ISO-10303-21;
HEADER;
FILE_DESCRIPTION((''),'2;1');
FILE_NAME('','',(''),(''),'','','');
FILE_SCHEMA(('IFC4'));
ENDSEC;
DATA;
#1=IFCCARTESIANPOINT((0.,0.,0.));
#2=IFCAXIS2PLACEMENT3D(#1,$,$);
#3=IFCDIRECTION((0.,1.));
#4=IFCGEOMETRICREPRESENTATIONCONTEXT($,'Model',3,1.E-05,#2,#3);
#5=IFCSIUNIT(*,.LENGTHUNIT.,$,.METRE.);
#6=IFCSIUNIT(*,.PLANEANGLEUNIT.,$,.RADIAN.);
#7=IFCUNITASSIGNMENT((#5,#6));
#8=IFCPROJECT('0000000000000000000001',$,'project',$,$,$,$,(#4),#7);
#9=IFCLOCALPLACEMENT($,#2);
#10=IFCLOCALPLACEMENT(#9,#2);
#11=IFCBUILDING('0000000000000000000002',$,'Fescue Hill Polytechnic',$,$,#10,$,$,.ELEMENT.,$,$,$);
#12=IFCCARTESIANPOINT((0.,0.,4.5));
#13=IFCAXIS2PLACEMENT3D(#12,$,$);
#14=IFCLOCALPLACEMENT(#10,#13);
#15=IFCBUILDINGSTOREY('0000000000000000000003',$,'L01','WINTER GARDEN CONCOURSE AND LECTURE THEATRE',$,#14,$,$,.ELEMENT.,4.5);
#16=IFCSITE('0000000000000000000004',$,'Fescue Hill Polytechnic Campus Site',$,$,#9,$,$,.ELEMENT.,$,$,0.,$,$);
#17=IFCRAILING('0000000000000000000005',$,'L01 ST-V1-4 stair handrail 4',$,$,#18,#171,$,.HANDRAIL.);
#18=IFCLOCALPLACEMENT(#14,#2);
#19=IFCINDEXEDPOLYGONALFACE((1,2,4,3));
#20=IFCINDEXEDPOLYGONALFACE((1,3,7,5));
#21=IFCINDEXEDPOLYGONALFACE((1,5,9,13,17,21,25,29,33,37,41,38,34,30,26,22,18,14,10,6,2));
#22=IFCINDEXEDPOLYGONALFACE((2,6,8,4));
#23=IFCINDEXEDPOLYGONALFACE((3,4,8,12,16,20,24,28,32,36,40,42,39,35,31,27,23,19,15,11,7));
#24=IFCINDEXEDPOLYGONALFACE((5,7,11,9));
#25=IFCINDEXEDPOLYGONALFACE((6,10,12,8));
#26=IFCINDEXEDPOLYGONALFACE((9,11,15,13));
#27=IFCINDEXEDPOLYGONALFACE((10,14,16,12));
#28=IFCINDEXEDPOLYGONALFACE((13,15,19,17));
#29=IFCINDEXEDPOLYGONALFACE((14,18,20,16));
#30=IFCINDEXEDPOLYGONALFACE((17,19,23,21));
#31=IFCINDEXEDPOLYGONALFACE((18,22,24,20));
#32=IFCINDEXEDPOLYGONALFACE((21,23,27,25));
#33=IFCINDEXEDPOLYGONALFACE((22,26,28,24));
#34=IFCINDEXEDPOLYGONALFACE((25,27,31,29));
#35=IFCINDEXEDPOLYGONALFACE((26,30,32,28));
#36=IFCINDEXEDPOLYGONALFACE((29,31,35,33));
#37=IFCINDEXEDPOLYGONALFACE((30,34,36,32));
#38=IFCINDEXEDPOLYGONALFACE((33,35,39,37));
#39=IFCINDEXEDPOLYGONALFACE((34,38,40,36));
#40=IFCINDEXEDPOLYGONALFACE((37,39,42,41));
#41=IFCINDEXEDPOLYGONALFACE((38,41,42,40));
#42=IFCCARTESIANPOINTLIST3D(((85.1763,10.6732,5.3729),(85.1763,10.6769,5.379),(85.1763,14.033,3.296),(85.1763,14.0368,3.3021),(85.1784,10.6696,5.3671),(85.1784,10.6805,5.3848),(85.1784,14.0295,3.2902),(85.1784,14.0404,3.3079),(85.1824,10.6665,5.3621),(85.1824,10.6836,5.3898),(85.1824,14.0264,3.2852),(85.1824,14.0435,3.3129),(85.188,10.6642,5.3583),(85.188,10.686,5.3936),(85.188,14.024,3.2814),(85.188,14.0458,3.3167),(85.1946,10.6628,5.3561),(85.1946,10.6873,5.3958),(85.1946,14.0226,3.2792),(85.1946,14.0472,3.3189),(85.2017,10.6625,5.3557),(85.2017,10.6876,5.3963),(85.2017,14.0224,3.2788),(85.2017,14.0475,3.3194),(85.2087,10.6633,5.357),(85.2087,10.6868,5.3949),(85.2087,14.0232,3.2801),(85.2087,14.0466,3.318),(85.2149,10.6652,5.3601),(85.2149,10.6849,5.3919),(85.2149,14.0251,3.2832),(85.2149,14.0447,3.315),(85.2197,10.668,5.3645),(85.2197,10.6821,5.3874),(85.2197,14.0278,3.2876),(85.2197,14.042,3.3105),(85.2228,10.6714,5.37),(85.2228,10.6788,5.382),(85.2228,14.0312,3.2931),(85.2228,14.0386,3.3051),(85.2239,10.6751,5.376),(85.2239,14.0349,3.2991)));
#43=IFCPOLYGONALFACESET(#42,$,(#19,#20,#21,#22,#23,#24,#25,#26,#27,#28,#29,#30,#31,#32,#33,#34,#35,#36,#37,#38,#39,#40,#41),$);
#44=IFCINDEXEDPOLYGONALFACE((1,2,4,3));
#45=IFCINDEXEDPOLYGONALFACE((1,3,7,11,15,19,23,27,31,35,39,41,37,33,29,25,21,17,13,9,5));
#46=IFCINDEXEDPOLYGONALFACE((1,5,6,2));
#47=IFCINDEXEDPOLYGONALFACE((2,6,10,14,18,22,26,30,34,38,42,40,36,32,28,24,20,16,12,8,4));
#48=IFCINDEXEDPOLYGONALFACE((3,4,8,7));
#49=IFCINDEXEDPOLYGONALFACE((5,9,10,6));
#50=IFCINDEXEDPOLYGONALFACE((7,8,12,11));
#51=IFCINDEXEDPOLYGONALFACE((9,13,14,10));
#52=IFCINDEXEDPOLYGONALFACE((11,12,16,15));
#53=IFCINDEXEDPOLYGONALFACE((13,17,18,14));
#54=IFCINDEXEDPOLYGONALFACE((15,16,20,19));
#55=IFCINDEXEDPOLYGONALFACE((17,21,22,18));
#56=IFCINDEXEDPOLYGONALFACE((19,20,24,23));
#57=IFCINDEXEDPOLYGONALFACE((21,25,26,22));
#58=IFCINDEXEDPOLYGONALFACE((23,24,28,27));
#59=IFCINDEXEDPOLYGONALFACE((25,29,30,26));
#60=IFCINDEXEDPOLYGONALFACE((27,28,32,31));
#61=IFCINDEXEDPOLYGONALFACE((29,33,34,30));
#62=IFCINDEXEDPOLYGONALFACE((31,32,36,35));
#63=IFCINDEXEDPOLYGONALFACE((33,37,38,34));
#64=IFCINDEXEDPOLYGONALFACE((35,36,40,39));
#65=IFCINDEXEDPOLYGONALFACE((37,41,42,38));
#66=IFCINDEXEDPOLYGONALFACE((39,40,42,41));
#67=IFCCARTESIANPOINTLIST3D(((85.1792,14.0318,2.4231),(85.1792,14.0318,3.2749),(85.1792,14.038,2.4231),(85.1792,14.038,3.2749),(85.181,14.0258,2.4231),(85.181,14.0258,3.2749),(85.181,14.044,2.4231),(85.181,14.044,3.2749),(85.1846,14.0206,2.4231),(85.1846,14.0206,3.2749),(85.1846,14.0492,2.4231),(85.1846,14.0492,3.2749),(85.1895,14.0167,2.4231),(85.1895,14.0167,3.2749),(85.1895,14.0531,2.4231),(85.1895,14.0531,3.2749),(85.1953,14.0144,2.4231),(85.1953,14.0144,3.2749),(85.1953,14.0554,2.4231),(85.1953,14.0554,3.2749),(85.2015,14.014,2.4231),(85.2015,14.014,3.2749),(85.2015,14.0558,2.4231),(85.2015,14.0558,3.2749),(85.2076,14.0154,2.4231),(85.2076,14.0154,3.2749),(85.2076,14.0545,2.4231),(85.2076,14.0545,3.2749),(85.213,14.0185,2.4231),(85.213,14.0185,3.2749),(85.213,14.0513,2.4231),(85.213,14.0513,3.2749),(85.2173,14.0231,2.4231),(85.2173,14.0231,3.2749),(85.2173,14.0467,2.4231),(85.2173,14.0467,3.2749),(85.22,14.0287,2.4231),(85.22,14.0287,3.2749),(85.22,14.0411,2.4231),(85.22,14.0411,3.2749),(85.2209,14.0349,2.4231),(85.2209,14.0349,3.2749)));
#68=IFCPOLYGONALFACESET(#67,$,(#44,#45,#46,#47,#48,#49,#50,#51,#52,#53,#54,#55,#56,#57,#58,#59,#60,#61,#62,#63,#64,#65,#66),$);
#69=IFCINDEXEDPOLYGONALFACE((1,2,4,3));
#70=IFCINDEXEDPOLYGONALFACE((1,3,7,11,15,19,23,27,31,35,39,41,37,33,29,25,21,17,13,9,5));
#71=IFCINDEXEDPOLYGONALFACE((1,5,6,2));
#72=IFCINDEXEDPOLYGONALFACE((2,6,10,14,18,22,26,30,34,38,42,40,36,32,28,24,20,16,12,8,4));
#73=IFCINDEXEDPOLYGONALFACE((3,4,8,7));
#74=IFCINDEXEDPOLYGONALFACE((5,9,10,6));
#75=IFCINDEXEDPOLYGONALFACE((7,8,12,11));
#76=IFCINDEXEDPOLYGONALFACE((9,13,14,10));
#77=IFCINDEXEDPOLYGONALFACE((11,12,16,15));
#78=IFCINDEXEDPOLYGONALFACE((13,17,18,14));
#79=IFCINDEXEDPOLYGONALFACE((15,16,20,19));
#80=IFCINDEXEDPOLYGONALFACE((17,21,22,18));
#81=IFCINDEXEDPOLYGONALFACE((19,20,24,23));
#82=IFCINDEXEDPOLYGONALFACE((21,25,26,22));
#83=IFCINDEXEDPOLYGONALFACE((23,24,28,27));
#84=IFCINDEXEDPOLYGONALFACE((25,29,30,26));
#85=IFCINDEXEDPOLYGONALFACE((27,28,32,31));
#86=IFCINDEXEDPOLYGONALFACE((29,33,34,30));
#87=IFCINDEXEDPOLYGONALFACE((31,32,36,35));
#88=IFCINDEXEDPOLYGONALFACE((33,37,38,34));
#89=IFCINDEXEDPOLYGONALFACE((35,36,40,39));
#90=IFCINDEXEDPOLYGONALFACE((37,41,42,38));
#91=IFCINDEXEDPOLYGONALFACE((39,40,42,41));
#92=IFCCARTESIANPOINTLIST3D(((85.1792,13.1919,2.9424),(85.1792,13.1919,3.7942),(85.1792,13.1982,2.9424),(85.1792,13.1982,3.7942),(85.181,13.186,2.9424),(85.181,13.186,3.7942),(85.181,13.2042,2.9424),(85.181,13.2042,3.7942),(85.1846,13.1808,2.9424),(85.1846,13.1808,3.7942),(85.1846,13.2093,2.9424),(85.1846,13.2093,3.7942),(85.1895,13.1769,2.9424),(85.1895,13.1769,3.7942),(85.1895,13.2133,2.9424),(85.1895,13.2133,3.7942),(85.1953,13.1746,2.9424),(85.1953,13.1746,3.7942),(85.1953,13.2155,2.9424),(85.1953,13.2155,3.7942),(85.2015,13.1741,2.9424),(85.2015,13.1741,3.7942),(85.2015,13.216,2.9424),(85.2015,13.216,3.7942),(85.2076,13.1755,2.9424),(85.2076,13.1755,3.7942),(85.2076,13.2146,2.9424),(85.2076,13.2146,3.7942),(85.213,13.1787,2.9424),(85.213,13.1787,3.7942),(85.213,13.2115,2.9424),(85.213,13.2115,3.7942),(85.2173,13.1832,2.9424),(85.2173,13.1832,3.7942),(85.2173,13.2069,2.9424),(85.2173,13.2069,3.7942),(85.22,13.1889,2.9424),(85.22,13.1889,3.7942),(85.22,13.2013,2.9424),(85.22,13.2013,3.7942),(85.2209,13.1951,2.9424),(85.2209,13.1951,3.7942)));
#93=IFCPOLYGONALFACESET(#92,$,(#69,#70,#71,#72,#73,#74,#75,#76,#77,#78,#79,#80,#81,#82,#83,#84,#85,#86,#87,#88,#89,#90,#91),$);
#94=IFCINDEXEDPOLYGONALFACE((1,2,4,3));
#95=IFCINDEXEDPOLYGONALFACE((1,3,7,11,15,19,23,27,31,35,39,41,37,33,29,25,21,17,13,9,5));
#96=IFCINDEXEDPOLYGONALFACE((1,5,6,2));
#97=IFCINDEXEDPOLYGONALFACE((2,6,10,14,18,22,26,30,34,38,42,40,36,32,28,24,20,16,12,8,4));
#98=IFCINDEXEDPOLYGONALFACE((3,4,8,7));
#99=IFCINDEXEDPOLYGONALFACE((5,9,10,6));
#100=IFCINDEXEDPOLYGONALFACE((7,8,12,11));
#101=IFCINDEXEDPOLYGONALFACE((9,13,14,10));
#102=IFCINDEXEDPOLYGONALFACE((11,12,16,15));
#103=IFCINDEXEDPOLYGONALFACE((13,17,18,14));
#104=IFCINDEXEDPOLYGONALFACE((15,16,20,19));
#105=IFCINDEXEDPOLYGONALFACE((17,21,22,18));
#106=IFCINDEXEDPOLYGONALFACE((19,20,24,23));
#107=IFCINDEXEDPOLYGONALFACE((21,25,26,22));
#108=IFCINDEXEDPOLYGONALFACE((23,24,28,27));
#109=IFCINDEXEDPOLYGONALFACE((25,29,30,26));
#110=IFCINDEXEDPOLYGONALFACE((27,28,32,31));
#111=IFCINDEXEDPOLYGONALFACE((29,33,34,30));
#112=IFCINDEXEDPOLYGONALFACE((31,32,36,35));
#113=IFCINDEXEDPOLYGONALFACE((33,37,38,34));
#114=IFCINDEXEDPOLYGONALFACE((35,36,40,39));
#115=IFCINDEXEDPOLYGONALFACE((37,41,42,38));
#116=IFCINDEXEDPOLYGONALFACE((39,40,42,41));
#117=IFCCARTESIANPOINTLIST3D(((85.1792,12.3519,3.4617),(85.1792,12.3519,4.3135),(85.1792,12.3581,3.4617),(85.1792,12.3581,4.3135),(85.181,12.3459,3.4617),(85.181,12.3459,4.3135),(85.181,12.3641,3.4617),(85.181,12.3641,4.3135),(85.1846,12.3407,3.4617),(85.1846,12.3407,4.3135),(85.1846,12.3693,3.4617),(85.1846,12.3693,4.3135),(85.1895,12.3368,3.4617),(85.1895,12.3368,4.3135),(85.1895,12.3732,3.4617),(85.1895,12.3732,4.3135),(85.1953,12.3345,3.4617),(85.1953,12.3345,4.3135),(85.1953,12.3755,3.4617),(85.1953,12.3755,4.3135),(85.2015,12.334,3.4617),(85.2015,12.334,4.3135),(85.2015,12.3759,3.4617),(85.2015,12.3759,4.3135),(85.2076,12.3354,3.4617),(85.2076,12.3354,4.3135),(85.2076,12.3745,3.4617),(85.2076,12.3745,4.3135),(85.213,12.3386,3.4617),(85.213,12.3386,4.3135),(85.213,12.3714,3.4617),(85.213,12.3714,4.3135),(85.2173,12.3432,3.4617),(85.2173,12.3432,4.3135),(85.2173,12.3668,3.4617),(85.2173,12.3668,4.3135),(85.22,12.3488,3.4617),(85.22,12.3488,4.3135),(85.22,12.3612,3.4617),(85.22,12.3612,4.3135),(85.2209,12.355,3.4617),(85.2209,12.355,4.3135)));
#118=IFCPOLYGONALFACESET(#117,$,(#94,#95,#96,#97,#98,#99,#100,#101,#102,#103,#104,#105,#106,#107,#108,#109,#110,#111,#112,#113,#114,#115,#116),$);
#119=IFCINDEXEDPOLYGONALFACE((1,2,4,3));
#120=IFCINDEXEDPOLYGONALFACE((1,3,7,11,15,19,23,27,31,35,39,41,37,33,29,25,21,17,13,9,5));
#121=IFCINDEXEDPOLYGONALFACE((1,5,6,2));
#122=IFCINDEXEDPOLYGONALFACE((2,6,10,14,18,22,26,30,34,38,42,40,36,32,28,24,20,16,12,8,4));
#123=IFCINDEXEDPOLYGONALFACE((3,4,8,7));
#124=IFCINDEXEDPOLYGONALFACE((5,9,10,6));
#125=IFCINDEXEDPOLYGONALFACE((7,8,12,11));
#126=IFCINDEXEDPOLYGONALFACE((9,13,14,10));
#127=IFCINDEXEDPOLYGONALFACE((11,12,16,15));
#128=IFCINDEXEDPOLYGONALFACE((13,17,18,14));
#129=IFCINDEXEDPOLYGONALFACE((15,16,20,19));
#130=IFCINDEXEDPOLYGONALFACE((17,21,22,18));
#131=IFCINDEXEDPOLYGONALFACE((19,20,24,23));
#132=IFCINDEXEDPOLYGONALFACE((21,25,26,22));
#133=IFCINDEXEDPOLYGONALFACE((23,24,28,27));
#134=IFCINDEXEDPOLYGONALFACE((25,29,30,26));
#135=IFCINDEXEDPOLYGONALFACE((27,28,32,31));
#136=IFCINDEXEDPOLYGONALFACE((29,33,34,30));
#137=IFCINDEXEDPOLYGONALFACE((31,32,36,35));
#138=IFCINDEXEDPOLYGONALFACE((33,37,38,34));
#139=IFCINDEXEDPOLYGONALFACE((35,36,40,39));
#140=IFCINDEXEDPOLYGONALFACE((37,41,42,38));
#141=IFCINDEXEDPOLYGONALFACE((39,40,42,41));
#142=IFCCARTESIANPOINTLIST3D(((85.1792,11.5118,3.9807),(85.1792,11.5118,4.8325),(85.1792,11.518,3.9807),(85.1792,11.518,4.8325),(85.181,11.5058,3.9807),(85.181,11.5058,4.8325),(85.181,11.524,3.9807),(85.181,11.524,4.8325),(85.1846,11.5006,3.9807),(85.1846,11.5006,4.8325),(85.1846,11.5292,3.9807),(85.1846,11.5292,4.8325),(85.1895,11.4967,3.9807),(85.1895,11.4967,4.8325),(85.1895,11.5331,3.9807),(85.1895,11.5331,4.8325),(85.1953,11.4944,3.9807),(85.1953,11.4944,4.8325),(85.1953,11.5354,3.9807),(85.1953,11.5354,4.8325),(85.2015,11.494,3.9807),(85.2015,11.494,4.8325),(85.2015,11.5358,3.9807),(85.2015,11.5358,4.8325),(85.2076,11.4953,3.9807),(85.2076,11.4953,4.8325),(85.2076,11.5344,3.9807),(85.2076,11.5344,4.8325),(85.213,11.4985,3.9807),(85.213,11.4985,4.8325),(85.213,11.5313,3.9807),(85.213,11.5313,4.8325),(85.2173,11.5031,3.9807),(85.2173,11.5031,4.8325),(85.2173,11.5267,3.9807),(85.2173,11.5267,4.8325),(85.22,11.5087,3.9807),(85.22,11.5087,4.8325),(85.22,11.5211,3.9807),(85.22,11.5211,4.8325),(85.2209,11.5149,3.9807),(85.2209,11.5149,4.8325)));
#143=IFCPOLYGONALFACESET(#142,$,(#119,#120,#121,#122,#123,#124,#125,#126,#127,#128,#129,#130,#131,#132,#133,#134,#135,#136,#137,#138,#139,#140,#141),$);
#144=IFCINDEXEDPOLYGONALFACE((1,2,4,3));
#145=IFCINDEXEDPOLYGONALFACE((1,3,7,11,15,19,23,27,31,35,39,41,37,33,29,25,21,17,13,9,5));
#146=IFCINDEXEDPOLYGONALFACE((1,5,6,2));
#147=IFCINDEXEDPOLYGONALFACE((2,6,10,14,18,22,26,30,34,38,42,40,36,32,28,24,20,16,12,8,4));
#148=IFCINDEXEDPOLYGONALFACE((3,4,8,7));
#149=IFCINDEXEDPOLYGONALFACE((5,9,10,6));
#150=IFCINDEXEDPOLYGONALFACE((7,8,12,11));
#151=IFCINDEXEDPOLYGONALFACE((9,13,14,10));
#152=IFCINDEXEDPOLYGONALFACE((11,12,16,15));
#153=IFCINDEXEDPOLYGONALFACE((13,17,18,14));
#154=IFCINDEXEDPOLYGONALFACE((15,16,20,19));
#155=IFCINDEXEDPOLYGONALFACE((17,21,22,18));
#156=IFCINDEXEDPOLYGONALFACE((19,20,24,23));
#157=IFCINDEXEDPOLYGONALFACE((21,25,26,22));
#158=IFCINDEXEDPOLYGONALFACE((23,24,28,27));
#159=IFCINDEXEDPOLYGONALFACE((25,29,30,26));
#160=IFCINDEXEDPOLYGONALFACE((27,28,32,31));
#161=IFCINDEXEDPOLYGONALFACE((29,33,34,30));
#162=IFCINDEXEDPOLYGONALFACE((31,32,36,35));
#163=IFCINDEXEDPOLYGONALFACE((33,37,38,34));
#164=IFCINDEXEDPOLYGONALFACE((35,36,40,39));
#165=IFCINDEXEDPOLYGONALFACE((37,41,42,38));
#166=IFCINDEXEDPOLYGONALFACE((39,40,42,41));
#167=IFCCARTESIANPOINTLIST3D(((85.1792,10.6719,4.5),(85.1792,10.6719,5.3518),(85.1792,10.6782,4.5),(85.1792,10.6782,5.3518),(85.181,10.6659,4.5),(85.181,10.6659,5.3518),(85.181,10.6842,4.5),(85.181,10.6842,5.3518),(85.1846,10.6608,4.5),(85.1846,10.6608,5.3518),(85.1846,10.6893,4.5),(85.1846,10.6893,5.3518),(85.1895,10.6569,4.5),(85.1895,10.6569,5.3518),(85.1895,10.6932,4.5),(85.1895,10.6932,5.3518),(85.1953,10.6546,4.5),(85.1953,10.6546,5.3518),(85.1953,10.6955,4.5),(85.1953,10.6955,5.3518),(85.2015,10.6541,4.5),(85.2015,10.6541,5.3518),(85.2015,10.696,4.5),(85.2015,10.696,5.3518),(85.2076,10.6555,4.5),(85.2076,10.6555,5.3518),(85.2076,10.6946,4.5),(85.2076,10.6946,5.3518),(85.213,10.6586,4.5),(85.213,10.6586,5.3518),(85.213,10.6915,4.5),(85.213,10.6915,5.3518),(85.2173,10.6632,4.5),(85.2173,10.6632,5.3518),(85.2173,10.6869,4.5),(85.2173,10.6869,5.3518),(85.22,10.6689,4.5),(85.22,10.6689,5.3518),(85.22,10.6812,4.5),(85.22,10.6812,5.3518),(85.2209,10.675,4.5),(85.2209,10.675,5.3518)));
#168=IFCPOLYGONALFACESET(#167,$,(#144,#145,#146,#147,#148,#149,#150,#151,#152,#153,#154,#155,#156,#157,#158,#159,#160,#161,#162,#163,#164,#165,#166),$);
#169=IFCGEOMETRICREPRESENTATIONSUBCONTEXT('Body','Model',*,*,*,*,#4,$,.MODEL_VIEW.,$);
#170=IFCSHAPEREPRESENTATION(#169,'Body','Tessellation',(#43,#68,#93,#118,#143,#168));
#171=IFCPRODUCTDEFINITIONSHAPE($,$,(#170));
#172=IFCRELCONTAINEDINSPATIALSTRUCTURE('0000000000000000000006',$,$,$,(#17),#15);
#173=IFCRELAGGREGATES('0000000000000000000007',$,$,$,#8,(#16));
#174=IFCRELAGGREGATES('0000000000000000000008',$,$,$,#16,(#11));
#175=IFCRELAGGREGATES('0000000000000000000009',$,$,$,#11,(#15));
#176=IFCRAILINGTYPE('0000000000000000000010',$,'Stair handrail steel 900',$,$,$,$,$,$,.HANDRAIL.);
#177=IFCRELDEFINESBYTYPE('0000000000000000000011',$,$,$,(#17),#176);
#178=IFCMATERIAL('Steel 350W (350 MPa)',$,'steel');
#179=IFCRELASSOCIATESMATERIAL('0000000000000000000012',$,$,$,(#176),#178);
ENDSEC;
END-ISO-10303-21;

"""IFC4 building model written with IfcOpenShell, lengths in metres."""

from ifc_helpers import new_model, si_unit, direction, frame, origin, origin_2d, place, context, subcontext, project, spatial, circle, extrude, material, type_object, element, save


model = new_model("IFC4")

# Units and contexts
model_context = context("Model", 3, precision=1e-05, world=origin(), true_north=direction((0.0, 1.0)))
body_context = subcontext(model_context, "Body", "Model", "MODEL_VIEW")
ifc_project = project(units=[si_unit("LENGTHUNIT", "METRE"), si_unit("PLANEANGLEUNIT", "RADIAN")], contexts=[model_context])

# Site, building, storey
site_placement = place(None, origin())
site = spatial("IfcSite", under=ifc_project, at=site_placement, Name="Fescue Hill Polytechnic Campus Site", CompositionType="ELEMENT", RefElevation=0.0)
building_placement = place(site_placement, origin())
building = spatial("IfcBuilding", under=site, at=building_placement, Name="Fescue Hill Polytechnic", CompositionType="ELEMENT")
storey_placement = place(building_placement, frame((0.0, 0.0, 4.5)))
storey = spatial("IfcBuildingStorey", under=building, at=storey_placement, Name="L01", Description="WINTER GARDEN CONCOURSE AND LECTURE THEATRE", CompositionType="ELEMENT", Elevation=4.5)

# Railing
ifc_material_1 = material(Name="Steel 350W (350 MPa)", Category="steel")
railing_type_1 = type_object("IfcRailingType", Name="Stair handrail steel 900", PredefinedType="HANDRAIL", material=ifc_material_1)
for number, where, name in (
    (1, (85.2, 14.0349, 2.4231), "L01 ST-V1-4 stair handrail 4"),
):
    element("IfcRailing", number, at=place(storey_placement, frame(where)), inside=storey, type_object=railing_type_1, Name=name, PredefinedType="HANDRAIL", context=body_context, shape_type="SweptSolid", body=[
        extrude(circle(Radius=0.0239, at=origin_2d()), frame((0.0, 0.0, 0.876), z_axis=(0.0, -0.850606, 0.525803), x_axis=(1.0, 0.0, 0.0)), (0.0, 0.0, 1.0), 3.95),
        extrude(circle(Radius=0.021, at=origin_2d()), origin(), (0.0, 0.0, 1.0), 0.8518),
        extrude(circle(Radius=0.021, at=origin_2d()), frame((0.0, -0.8398, 0.5193)), (0.0, 0.0, 1.0), 0.8518),
        extrude(circle(Radius=0.021, at=origin_2d()), frame((0.0, -1.6799, 1.0386)), (0.0, 0.0, 1.0), 0.8518),
        extrude(circle(Radius=0.021, at=origin_2d()), frame((0.0, -2.52, 1.5576)), (0.0, 0.0, 1.0), 0.8518),
        extrude(circle(Radius=0.021, at=origin_2d()), frame((0.0, -3.3599, 2.0769)), (0.0, 0.0, 1.0), 0.8518),
    ])

save(model, "model.ifc")
